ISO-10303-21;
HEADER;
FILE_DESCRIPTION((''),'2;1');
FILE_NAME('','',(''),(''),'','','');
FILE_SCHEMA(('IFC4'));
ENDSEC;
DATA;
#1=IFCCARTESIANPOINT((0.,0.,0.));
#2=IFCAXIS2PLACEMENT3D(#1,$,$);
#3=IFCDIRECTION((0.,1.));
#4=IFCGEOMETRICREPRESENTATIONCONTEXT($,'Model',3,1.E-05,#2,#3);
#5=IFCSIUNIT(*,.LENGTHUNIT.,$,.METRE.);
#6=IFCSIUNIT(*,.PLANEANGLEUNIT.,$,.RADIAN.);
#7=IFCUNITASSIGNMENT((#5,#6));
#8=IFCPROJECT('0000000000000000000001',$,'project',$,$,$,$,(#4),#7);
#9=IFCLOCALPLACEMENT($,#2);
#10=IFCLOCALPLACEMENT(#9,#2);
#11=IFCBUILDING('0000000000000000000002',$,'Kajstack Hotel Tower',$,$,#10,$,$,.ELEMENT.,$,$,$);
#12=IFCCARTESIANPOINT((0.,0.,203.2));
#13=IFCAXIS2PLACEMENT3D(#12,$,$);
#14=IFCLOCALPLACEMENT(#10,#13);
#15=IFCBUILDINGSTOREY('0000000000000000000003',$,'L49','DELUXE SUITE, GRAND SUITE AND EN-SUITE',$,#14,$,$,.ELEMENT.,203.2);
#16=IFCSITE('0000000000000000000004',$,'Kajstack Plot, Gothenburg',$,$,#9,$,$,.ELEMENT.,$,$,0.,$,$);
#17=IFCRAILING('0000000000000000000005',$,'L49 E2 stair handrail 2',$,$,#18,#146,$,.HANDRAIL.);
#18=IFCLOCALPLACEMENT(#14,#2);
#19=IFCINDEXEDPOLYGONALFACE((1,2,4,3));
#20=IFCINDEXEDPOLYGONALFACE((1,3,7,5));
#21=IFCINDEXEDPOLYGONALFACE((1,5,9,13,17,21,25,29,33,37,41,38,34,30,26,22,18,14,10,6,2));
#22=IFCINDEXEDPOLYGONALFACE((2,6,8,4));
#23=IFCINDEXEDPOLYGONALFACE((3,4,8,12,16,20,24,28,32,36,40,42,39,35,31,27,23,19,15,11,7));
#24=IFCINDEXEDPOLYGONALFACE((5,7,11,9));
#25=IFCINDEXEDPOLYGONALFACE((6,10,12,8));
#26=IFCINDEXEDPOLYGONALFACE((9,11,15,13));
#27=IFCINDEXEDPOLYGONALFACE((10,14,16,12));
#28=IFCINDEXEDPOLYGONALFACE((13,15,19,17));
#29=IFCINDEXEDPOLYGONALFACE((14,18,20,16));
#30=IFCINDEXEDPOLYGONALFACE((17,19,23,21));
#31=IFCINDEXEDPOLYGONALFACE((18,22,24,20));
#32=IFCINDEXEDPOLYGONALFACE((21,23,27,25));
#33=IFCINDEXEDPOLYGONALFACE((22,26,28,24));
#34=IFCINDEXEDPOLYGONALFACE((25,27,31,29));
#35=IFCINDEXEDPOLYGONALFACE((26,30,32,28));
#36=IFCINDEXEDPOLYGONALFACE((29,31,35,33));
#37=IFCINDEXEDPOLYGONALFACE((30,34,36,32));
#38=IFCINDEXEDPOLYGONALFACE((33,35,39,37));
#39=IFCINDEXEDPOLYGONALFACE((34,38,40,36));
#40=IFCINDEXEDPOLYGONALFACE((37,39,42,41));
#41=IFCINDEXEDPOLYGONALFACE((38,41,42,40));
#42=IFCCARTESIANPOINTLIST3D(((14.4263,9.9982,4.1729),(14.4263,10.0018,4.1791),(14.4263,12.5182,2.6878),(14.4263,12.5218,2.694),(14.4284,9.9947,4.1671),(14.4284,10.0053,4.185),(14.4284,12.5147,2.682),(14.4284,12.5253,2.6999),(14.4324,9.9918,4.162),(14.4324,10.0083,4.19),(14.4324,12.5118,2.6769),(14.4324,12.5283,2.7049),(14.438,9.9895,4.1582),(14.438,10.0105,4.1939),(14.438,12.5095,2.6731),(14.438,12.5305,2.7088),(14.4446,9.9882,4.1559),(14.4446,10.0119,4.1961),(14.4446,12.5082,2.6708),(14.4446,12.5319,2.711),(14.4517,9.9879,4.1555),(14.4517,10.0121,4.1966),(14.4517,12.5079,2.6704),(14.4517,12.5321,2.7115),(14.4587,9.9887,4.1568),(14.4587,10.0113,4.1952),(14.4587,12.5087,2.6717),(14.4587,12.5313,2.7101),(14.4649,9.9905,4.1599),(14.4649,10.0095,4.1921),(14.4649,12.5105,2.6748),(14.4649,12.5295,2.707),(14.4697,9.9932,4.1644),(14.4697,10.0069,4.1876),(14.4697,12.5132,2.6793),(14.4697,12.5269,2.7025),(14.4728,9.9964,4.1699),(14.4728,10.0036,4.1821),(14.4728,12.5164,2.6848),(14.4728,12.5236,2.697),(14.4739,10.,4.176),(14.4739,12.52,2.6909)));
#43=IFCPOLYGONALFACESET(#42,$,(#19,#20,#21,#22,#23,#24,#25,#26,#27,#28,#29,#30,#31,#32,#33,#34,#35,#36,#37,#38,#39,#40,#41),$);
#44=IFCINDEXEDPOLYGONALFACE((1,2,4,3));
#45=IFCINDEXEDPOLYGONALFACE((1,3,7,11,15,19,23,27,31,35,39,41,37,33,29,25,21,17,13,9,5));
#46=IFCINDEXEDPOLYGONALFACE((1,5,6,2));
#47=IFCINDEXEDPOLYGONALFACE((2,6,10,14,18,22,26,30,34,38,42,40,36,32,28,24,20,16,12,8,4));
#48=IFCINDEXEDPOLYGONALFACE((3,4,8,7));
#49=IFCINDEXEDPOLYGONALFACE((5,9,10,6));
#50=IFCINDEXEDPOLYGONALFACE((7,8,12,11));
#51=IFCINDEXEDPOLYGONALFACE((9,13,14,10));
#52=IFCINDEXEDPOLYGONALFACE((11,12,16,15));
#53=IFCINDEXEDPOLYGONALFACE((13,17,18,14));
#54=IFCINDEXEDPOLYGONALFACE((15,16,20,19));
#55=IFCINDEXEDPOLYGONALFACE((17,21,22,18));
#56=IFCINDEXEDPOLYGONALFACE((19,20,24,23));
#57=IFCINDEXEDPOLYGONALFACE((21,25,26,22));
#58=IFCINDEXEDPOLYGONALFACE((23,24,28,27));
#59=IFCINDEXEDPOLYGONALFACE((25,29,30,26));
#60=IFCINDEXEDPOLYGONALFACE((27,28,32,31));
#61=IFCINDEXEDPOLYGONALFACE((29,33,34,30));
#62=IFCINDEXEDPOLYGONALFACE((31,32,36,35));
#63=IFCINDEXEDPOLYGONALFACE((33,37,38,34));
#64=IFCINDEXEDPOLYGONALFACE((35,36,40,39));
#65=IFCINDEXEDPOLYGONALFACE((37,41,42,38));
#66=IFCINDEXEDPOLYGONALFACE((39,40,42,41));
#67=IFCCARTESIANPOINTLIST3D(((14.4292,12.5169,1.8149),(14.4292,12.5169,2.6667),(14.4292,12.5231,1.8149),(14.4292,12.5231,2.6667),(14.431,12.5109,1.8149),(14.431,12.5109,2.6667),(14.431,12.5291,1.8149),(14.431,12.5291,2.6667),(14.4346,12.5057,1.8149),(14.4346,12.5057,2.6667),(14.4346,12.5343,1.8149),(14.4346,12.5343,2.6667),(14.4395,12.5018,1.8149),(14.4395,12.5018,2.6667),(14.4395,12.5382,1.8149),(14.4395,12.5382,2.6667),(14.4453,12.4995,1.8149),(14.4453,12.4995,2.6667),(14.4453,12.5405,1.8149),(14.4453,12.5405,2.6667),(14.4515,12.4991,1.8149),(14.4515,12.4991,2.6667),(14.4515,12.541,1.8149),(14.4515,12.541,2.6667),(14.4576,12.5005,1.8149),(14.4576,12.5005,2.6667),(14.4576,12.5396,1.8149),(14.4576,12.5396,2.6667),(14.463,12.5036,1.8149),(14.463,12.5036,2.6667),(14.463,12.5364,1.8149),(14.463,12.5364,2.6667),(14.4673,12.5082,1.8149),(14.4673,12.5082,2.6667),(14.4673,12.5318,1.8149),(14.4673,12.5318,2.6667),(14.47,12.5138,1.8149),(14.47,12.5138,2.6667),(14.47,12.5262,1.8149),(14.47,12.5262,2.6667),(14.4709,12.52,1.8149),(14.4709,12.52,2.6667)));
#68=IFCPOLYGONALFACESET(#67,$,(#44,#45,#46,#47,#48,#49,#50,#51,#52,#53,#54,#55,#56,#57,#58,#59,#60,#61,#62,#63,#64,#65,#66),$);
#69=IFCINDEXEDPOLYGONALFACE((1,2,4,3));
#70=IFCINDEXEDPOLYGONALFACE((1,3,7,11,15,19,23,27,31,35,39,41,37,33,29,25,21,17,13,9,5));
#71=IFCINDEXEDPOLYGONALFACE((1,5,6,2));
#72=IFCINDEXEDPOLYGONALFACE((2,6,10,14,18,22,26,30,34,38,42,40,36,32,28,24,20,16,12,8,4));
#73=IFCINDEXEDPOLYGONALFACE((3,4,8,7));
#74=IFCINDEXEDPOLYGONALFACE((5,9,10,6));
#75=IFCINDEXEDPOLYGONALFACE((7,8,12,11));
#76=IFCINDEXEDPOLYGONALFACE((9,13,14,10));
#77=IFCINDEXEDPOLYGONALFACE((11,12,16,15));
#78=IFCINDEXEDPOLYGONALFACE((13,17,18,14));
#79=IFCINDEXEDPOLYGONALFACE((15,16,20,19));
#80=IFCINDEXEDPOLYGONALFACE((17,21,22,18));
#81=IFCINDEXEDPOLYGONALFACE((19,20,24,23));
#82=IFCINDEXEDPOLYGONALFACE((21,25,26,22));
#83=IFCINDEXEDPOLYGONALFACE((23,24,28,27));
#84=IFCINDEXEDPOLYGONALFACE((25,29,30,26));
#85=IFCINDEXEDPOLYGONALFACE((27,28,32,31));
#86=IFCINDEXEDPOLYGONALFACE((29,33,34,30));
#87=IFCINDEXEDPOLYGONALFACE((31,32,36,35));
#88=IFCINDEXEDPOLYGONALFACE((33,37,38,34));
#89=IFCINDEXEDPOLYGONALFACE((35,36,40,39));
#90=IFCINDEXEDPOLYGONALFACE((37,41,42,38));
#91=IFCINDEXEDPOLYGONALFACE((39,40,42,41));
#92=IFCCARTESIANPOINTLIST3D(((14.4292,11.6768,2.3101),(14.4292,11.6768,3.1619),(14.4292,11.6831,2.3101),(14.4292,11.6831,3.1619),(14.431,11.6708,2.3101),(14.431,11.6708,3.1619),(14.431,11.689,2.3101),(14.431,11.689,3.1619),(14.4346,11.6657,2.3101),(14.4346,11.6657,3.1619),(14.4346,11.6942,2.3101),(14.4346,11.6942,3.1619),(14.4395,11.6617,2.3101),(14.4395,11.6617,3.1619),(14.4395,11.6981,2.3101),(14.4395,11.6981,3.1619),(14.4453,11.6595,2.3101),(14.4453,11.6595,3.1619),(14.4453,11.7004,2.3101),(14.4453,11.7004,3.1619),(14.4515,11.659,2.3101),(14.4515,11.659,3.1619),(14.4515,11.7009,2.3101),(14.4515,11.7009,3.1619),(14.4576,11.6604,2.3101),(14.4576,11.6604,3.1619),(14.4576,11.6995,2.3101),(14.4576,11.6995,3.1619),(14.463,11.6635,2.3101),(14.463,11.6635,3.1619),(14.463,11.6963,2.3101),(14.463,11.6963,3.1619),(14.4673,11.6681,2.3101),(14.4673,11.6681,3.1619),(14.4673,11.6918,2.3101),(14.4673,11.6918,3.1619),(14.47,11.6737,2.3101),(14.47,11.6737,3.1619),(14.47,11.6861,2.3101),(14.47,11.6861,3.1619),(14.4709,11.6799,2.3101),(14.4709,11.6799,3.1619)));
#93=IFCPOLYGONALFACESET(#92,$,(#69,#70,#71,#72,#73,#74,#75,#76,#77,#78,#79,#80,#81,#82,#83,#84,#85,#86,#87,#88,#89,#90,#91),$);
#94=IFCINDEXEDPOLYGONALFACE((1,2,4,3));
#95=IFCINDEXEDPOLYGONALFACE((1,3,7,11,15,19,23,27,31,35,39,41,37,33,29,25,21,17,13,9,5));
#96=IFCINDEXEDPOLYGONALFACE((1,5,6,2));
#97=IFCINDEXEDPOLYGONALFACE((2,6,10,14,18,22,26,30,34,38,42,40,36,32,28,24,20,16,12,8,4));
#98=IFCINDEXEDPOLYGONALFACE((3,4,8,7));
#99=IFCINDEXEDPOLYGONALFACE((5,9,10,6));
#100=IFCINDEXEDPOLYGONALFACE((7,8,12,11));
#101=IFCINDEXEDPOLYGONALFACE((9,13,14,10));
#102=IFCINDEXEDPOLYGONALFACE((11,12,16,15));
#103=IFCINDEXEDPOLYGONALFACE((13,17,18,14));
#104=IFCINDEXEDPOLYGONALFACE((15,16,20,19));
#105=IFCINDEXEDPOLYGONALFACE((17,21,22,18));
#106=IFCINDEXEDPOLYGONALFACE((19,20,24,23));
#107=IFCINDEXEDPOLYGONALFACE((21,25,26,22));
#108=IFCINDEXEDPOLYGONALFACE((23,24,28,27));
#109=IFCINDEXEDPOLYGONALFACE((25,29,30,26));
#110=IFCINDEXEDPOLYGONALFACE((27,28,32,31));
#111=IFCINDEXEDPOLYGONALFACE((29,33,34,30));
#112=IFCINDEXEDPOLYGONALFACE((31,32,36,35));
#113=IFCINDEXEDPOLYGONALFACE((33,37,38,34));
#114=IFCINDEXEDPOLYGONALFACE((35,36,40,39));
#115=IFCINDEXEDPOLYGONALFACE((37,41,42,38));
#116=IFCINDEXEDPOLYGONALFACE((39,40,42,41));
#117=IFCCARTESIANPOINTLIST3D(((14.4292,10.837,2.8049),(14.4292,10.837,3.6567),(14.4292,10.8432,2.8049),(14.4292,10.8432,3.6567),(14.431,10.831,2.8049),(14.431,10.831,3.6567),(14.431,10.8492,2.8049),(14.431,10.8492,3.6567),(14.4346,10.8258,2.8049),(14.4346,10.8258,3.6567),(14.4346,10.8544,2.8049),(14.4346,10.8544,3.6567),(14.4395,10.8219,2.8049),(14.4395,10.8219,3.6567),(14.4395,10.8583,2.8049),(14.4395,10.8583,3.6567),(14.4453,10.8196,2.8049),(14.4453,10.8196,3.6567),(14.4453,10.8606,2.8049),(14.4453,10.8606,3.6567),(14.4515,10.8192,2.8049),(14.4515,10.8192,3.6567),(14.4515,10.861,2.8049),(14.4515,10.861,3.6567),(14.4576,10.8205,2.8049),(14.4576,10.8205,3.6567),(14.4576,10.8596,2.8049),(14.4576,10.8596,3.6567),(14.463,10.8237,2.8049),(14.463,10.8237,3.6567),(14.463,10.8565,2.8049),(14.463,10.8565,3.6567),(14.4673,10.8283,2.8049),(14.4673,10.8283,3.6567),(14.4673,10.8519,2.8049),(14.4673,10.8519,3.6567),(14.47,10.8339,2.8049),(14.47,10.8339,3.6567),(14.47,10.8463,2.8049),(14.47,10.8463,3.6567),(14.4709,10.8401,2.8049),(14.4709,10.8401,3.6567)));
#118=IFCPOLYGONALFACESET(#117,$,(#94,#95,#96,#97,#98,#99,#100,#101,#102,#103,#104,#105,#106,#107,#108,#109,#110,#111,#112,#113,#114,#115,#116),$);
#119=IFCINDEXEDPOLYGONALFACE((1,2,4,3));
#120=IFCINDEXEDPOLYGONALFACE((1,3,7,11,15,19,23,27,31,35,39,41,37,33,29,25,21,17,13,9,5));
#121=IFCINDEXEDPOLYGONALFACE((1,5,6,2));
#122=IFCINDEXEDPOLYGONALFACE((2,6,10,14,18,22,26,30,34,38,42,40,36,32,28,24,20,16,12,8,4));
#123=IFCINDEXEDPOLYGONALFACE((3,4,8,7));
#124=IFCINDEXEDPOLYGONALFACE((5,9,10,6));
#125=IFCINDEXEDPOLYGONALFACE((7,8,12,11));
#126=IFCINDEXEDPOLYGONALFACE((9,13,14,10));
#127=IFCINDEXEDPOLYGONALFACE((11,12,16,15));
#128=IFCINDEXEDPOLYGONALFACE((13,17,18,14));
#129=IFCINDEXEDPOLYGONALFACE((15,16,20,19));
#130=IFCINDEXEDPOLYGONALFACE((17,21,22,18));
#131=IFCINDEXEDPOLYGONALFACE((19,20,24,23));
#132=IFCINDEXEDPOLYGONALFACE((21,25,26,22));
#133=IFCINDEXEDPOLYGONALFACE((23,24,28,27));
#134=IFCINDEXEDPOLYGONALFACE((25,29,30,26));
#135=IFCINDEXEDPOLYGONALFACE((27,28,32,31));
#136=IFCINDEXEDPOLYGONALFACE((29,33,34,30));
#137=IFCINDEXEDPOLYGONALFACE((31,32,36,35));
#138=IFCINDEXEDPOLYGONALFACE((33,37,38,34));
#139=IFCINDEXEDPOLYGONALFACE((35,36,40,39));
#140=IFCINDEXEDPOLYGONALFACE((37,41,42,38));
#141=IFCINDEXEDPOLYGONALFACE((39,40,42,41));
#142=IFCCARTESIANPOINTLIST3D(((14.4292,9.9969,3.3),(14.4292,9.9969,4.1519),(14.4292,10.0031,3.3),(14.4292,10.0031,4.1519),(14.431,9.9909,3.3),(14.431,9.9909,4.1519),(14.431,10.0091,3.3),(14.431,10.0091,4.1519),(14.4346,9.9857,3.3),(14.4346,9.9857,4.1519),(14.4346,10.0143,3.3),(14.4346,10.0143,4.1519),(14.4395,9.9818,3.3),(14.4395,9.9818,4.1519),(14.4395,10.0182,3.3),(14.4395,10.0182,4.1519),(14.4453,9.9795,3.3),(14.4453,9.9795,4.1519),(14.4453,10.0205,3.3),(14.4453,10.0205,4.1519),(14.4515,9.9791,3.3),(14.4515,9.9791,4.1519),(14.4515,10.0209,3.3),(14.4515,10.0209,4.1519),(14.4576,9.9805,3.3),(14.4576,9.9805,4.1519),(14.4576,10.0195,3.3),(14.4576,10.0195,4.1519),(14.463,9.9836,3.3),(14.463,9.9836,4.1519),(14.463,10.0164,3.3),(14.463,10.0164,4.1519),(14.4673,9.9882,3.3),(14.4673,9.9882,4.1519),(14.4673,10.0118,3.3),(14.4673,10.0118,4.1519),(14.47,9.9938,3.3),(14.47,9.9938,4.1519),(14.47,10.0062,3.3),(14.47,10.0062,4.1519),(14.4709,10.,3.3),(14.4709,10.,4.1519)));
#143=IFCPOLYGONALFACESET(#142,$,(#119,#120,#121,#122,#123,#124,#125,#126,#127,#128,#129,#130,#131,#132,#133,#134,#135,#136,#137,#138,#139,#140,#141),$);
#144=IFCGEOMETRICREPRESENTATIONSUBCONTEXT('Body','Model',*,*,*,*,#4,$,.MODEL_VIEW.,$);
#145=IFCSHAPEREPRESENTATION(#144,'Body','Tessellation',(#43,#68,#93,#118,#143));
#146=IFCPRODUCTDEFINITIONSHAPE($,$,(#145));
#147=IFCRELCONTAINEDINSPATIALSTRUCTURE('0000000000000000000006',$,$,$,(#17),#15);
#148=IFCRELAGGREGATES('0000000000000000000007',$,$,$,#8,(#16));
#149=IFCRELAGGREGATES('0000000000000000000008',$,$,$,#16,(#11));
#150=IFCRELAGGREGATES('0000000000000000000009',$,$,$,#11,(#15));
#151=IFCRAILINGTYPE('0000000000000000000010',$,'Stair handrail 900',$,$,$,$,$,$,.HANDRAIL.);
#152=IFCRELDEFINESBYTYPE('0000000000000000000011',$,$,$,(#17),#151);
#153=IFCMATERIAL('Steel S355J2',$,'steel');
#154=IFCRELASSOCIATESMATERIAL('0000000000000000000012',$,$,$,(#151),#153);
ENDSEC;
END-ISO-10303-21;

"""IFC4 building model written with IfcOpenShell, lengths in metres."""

from ifc_helpers import new_model, si_unit, direction, frame, origin, origin_2d, place, context, subcontext, project, spatial, circle, extrude, material, type_object, element, save


model = new_model("IFC4")

# Units and contexts
model_context = context("Model", 3, precision=1e-05, world=origin(), true_north=direction((0.0, 1.0)))
body_context = subcontext(model_context, "Body", "Model", "MODEL_VIEW")
ifc_project = project(units=[si_unit("LENGTHUNIT", "METRE"), si_unit("PLANEANGLEUNIT", "RADIAN")], contexts=[model_context])

# Site, building, storey
site_placement = place(None, origin())
site = spatial("IfcSite", under=ifc_project, at=site_placement, Name="Kajstack Plot, Gothenburg", CompositionType="ELEMENT", RefElevation=0.0)
building_placement = place(site_placement, origin())
building = spatial("IfcBuilding", under=site, at=building_placement, Name="Kajstack Hotel Tower", CompositionType="ELEMENT")
storey_placement = place(building_placement, frame((0.0, 0.0, 203.2)))
storey = spatial("IfcBuildingStorey", under=building, at=storey_placement, Name="L49", Description="DELUXE SUITE, GRAND SUITE AND EN-SUITE", CompositionType="ELEMENT", Elevation=203.2)

# Railing
ifc_material_1 = material(Name="Steel S355J2", Category="steel")
railing_type = type_object("IfcRailingType", Name="Stair handrail 900", PredefinedType="HANDRAIL", material=ifc_material_1)
railing_placement = place(storey_placement, frame((14.45, 12.52, 1.8149)))
element("IfcRailing", 1, at=railing_placement, inside=storey, type_object=railing_type, Name="L49 E2 stair handrail 2", PredefinedType="HANDRAIL", context=body_context, shape_type="SweptSolid", body=[
    extrude(circle(Radius=0.0239, at=origin_2d()), frame((0.0, 0.0, 0.876), z_axis=(0.0, -0.861524, 0.507717), x_axis=(1.0, 0.0, 0.0)), (0.0, 0.0, 1.0), 2.925),
    extrude(circle(Radius=0.021, at=origin_2d()), origin(), (0.0, 0.0, 1.0), 0.8518),
    extrude(circle(Radius=0.021, at=origin_2d()), frame((0.0, -0.8401, 0.4951)), (0.0, 0.0, 1.0), 0.8518),
    extrude(circle(Radius=0.021, at=origin_2d()), frame((0.0, -1.6799, 0.99)), (0.0, 0.0, 1.0), 0.8518),
    extrude(circle(Radius=0.021, at=origin_2d()), frame((0.0, -2.52, 1.4851)), (0.0, 0.0, 1.0), 0.8518),
])

save(model, "model.ifc")
